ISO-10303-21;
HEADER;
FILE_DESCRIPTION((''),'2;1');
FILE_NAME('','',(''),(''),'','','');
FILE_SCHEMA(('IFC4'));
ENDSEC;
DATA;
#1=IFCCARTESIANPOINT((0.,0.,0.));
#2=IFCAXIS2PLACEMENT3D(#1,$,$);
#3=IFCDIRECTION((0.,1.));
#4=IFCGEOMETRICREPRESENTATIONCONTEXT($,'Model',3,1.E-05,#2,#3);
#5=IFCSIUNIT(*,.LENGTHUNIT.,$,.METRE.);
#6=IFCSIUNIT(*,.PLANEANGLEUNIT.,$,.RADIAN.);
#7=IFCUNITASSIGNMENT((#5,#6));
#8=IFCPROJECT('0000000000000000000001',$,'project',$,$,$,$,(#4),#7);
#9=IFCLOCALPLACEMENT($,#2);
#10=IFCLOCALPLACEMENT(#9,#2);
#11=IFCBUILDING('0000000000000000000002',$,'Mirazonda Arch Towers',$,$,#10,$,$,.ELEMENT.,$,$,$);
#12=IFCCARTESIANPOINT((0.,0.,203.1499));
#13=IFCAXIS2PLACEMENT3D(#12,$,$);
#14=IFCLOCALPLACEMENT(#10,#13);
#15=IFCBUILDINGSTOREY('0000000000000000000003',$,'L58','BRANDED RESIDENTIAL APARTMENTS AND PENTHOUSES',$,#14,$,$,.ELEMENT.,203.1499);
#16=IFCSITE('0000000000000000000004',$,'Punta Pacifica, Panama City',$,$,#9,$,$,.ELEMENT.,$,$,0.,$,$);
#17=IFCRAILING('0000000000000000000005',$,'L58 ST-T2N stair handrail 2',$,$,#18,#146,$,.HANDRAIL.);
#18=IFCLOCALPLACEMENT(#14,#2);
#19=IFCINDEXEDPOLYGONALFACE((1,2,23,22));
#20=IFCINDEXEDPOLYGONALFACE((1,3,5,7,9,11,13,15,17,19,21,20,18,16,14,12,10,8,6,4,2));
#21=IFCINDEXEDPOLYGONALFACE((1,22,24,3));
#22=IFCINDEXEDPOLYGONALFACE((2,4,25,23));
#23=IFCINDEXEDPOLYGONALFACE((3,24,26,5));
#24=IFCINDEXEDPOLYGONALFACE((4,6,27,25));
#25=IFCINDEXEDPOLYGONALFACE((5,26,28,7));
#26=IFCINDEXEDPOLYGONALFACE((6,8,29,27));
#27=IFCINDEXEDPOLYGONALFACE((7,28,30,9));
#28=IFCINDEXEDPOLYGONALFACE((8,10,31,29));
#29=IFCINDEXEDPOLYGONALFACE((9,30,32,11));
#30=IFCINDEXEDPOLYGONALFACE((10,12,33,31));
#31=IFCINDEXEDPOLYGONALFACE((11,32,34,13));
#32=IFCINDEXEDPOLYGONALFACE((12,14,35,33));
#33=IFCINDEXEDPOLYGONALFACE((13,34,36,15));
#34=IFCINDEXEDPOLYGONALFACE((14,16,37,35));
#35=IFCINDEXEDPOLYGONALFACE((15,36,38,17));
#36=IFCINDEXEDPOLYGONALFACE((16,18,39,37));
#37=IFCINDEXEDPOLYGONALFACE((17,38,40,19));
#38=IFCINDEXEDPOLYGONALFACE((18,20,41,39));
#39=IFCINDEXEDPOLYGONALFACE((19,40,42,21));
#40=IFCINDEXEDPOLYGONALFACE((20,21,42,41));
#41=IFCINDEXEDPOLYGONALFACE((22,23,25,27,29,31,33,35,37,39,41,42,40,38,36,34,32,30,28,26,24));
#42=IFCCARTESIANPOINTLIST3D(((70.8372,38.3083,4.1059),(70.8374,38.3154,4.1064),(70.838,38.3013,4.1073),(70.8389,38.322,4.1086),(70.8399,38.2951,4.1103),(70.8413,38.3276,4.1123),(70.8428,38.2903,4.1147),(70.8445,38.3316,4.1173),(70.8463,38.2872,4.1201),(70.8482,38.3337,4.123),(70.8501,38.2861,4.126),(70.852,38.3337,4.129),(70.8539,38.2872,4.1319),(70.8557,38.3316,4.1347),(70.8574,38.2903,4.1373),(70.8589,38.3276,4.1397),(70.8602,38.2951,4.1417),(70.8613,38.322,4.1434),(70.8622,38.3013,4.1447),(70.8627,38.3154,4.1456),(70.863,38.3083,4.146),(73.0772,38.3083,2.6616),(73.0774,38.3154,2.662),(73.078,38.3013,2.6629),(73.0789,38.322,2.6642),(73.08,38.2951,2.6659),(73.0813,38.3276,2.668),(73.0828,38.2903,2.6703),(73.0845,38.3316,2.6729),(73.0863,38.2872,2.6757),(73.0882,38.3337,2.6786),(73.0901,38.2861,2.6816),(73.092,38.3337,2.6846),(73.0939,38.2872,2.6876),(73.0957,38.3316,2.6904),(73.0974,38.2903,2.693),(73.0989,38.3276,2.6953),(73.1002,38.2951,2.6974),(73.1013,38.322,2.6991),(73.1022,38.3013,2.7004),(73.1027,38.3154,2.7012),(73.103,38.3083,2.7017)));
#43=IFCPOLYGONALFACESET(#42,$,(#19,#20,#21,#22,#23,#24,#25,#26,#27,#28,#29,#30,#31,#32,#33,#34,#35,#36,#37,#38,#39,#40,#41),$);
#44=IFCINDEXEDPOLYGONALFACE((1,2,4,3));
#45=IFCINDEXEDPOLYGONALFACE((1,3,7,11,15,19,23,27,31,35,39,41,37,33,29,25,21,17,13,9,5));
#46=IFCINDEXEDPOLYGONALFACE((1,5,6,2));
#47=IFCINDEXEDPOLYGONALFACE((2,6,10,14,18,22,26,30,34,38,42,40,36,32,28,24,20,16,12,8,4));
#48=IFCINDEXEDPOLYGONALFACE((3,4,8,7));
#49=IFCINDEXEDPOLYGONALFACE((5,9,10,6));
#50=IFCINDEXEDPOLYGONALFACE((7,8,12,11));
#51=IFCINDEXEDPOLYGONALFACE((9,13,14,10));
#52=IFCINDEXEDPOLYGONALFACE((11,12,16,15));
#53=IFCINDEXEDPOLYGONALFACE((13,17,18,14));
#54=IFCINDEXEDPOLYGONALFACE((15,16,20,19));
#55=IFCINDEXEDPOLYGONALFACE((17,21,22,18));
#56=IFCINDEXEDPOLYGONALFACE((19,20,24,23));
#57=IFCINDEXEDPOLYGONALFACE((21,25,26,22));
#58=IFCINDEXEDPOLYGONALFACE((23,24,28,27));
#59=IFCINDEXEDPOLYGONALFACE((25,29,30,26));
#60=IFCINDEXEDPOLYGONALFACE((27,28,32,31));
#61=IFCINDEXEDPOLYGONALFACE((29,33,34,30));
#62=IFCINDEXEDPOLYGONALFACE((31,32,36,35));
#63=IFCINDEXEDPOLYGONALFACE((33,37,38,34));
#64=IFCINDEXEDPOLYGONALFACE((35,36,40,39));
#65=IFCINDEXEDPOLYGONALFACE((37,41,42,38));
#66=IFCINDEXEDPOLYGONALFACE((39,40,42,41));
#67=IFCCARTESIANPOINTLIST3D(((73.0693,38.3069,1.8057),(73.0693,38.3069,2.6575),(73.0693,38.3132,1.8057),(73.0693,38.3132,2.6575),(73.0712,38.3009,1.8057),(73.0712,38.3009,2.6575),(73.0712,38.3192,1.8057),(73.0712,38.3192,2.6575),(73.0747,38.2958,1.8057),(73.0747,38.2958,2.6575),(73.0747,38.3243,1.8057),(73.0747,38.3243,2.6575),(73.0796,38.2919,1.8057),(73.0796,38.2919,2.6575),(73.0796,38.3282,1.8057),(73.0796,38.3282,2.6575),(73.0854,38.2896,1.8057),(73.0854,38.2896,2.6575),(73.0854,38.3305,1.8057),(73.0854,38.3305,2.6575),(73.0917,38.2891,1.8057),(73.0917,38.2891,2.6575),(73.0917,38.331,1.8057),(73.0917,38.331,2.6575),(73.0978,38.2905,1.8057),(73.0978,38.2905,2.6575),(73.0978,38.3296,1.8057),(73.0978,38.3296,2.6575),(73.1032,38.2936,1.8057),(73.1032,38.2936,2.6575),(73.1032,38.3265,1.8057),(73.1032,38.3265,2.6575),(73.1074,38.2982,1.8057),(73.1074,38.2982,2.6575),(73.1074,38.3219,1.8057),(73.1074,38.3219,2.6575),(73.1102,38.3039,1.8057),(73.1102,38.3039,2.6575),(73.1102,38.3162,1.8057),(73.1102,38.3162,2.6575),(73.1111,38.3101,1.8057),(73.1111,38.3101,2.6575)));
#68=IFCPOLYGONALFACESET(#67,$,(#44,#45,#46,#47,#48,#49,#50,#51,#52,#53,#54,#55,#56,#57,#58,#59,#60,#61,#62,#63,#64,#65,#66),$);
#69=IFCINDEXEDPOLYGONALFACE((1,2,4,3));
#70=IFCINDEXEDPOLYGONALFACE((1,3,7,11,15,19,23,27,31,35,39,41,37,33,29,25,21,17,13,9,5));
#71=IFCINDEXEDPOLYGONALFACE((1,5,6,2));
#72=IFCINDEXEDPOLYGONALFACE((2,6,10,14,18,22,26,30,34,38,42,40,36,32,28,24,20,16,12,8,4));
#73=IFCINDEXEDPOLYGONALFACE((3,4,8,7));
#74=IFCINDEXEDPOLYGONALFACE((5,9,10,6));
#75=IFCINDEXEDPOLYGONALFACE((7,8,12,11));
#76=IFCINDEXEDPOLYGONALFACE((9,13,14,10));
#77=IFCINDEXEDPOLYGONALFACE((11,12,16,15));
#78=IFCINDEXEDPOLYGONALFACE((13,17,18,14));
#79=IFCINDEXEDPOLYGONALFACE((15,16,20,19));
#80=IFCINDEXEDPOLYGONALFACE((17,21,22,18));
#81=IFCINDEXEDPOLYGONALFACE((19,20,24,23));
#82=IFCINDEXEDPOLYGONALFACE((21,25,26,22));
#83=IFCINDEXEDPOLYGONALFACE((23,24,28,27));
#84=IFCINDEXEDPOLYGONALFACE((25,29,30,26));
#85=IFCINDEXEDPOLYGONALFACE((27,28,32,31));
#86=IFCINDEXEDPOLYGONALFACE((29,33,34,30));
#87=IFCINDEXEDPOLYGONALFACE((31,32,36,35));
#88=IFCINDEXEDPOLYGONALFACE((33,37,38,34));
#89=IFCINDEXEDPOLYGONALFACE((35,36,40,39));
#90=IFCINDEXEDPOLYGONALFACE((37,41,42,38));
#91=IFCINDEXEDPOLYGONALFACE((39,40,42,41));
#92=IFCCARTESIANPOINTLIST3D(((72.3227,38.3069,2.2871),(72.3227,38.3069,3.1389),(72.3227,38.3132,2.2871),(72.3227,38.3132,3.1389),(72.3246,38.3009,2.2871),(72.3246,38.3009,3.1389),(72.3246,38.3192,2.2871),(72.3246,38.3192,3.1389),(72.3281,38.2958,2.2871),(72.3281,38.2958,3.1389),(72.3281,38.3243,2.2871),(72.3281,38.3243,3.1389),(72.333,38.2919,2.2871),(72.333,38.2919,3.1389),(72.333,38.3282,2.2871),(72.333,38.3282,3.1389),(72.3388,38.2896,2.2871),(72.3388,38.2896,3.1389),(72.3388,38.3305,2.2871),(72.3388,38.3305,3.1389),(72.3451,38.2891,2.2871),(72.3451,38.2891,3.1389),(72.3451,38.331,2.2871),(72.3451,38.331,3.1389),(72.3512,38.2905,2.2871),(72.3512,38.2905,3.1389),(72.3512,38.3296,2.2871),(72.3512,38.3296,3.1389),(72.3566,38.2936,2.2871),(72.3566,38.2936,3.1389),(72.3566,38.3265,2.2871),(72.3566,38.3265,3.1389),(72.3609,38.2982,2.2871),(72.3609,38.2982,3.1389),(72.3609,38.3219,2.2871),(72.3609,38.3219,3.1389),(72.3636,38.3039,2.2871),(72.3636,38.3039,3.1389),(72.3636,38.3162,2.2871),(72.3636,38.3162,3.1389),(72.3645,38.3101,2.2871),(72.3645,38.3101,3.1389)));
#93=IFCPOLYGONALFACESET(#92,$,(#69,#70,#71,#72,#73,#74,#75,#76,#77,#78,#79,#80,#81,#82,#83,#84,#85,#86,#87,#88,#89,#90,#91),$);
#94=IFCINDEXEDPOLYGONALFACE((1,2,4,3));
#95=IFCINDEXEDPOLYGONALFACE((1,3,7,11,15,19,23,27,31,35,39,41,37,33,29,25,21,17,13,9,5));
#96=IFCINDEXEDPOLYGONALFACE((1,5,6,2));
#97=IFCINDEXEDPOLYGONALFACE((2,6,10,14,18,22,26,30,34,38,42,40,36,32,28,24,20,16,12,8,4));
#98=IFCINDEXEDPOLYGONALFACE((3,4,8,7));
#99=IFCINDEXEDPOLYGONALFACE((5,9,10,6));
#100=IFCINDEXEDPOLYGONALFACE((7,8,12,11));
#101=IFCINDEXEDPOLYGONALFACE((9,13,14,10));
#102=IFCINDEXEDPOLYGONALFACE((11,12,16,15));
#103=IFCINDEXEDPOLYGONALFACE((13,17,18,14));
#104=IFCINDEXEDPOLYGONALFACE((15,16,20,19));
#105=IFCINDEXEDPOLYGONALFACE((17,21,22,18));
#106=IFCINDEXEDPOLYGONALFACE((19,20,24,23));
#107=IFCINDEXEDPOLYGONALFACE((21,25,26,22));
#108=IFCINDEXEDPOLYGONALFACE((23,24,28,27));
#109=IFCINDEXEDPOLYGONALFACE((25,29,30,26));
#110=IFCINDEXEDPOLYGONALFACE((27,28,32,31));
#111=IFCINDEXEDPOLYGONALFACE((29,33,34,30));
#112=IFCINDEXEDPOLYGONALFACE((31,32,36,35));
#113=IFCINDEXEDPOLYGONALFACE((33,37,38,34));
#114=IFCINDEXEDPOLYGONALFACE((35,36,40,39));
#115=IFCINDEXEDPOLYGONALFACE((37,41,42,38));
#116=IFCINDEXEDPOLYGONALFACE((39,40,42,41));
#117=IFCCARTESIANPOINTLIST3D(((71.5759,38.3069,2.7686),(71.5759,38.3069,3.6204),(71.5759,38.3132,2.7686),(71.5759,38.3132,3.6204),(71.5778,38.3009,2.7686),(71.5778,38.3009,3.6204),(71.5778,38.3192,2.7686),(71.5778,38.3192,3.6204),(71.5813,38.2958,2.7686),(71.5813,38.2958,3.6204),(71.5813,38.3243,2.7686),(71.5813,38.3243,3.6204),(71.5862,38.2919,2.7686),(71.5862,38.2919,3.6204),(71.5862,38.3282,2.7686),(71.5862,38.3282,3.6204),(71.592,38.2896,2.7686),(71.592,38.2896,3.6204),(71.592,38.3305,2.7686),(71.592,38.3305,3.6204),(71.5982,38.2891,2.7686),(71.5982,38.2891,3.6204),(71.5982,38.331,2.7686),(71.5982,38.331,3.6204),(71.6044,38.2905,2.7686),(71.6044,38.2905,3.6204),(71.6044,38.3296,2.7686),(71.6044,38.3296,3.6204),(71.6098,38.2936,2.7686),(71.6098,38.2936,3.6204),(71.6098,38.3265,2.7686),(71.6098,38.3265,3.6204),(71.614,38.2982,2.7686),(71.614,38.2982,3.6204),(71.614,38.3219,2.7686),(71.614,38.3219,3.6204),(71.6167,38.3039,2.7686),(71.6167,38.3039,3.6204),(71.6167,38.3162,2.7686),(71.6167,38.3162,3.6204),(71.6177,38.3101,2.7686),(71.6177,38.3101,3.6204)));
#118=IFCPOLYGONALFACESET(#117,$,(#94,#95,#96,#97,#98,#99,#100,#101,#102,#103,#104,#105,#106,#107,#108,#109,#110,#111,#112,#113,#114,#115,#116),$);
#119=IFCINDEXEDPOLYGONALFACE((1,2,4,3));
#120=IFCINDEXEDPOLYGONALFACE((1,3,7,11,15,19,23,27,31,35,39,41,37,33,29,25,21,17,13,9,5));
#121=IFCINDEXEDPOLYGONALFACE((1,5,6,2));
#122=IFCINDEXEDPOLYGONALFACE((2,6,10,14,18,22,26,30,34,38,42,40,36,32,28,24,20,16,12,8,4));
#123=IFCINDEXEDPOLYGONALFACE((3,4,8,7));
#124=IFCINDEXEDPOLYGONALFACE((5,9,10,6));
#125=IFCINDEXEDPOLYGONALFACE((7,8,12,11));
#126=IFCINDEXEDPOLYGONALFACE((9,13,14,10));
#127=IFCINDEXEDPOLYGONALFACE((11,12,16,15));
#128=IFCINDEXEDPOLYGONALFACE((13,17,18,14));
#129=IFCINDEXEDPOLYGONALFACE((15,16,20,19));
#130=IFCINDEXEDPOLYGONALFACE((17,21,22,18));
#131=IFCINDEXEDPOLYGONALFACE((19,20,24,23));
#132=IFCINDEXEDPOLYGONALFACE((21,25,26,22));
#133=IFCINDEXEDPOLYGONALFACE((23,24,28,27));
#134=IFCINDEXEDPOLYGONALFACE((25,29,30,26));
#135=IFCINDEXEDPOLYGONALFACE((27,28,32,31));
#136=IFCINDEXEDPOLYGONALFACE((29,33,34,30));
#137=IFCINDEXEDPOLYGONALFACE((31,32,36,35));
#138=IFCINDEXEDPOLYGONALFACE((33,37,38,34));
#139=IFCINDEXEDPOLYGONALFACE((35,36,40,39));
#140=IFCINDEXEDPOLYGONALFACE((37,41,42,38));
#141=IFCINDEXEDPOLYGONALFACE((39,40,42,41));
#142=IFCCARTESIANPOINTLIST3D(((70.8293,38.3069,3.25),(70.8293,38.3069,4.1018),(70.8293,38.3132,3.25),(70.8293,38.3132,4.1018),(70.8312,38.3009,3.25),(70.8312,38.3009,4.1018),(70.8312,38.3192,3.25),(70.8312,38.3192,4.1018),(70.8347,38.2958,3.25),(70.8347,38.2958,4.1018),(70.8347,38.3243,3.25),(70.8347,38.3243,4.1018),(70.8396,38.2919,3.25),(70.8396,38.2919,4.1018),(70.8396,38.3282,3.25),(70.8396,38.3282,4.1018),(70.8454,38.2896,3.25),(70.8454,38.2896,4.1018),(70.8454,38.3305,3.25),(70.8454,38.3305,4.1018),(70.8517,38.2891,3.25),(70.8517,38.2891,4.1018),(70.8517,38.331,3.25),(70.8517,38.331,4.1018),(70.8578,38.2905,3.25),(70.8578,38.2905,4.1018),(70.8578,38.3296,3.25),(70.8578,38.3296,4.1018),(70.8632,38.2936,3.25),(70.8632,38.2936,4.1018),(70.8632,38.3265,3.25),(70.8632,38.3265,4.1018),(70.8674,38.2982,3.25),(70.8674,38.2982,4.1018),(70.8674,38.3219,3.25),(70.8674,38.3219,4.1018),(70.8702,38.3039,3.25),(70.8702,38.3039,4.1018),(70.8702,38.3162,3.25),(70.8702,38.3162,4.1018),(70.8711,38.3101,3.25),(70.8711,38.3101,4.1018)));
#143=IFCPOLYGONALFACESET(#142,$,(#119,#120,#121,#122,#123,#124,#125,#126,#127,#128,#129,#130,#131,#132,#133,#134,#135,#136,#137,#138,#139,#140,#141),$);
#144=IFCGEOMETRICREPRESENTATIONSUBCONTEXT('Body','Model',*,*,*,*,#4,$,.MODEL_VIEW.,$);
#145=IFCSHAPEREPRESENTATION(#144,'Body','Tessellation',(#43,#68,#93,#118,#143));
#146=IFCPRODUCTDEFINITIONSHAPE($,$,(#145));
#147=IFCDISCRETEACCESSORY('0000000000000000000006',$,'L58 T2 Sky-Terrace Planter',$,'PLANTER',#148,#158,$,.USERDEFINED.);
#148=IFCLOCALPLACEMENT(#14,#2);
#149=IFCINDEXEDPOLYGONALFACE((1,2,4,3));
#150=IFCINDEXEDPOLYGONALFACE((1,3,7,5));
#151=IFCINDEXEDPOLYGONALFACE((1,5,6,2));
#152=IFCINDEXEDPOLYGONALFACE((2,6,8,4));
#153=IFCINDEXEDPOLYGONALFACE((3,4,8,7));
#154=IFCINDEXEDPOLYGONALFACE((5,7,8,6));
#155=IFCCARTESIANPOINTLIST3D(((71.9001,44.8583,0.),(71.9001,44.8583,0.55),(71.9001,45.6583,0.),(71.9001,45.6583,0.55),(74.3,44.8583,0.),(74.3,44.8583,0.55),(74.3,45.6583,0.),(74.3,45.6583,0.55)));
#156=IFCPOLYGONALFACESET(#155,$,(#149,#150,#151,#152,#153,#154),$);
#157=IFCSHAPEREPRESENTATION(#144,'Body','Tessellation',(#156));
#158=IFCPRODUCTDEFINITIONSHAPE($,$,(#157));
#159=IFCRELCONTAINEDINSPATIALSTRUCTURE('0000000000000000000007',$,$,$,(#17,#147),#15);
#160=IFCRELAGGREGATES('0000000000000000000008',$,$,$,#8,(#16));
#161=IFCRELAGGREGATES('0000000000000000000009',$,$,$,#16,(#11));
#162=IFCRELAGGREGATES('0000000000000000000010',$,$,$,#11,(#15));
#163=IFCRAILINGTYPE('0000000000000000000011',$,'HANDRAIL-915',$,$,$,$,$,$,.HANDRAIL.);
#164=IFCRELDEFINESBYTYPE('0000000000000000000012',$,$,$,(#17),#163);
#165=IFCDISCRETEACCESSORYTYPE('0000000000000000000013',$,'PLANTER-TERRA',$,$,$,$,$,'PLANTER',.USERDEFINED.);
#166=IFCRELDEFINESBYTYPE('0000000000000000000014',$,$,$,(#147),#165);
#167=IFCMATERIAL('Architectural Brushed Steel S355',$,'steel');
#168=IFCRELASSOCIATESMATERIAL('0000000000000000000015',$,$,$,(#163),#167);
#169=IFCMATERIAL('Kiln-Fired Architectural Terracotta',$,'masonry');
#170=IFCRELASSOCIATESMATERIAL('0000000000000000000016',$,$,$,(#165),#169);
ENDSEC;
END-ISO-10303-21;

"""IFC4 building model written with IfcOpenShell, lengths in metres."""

from ifc_helpers import new_model, si_unit, direction, frame, origin, origin_2d, place, context, subcontext, project, spatial, rectangle, circle, extrude, material, type_object, element, save


model = new_model("IFC4")

# Units and contexts
model_context = context("Model", 3, precision=1e-05, world=origin(), true_north=direction((0.0, 1.0)))
body_context = subcontext(model_context, "Body", "Model", "MODEL_VIEW")
ifc_project = project(units=[si_unit("LENGTHUNIT", "METRE"), si_unit("PLANEANGLEUNIT", "RADIAN")], contexts=[model_context])

# Site, building, storey
site_placement = place(None, origin())
site = spatial("IfcSite", under=ifc_project, at=site_placement, Name="Punta Pacifica, Panama City", CompositionType="ELEMENT", RefElevation=0.0)
building_placement = place(site_placement, origin())
building = spatial("IfcBuilding", under=site, at=building_placement, Name="Mirazonda Arch Towers", CompositionType="ELEMENT")
storey_placement = place(building_placement, frame((0.0, 0.0, 203.1499)))
storey = spatial("IfcBuildingStorey", under=building, at=storey_placement, Name="L58", Description="BRANDED RESIDENTIAL APARTMENTS AND PENTHOUSES", CompositionType="ELEMENT", Elevation=203.1499)

# Shared definitions
ifc_material_1 = material(Name="Architectural Brushed Steel S355", Category="steel")

# Shared definitions
ifc_material_2 = material(Name="Kiln-Fired Architectural Terracotta", Category="masonry")

# Railing
railing_type_1 = type_object("IfcRailingType", Name="HANDRAIL-915", PredefinedType="HANDRAIL", material=ifc_material_1)
railing_1_placement = place(storey_placement, frame((73.0901, 38.3101, 1.8057)))
element("IfcRailing", 1, at=railing_1_placement, inside=storey, type_object=railing_type_1, Name="L58 ST-T2N stair handrail 2", PredefinedType="HANDRAIL", context=body_context, shape_type="SweptSolid", body=[
    extrude(circle(Radius=0.0239, at=origin_2d()), frame((0.0, 0.0, 0.876), z_axis=(-0.840437, 0.0, 0.54191), x_axis=(0.0, -1.0, 0.0)), (0.0, 0.0, 1.0), 2.6653),
    extrude(circle(Radius=0.021, at=origin_2d()), origin(), (0.0, 0.0, 1.0), 0.8518),
    extrude(circle(Radius=0.021, at=origin_2d()), frame((-0.7466, 0.0, 0.4814)), (0.0, 0.0, 1.0), 0.8518),
    extrude(circle(Radius=0.021, at=origin_2d()), frame((-1.4934, 0.0, 0.9629)), (0.0, 0.0, 1.0), 0.8518),
    extrude(circle(Radius=0.021, at=origin_2d()), frame((-2.24, 0.0, 1.4443)), (0.0, 0.0, 1.0), 0.8518),
])

# Discrete accessory
discrete_accessory_type = type_object("IfcDiscreteAccessoryType", Name="PLANTER-TERRA", ElementType="PLANTER", PredefinedType="USERDEFINED", material=ifc_material_2)
discrete_accessory_placement = place(storey_placement, frame((73.1001, 45.2583, 0.0), z_axis=(0.0, 0.0, 1.0), x_axis=(1.0, 0.0, 0.0)))
element("IfcDiscreteAccessory", 2, at=discrete_accessory_placement, inside=storey, type_object=discrete_accessory_type, Name="L58 T2 Sky-Terrace Planter", ObjectType="PLANTER", PredefinedType="USERDEFINED", context=body_context, shape_type="SweptSolid", body=[
    extrude(rectangle(XDim=2.3999, YDim=0.8, at=origin_2d()), origin(), (0.0, 0.0, 1.0), 0.55),
])

save(model, "model.ifc")
